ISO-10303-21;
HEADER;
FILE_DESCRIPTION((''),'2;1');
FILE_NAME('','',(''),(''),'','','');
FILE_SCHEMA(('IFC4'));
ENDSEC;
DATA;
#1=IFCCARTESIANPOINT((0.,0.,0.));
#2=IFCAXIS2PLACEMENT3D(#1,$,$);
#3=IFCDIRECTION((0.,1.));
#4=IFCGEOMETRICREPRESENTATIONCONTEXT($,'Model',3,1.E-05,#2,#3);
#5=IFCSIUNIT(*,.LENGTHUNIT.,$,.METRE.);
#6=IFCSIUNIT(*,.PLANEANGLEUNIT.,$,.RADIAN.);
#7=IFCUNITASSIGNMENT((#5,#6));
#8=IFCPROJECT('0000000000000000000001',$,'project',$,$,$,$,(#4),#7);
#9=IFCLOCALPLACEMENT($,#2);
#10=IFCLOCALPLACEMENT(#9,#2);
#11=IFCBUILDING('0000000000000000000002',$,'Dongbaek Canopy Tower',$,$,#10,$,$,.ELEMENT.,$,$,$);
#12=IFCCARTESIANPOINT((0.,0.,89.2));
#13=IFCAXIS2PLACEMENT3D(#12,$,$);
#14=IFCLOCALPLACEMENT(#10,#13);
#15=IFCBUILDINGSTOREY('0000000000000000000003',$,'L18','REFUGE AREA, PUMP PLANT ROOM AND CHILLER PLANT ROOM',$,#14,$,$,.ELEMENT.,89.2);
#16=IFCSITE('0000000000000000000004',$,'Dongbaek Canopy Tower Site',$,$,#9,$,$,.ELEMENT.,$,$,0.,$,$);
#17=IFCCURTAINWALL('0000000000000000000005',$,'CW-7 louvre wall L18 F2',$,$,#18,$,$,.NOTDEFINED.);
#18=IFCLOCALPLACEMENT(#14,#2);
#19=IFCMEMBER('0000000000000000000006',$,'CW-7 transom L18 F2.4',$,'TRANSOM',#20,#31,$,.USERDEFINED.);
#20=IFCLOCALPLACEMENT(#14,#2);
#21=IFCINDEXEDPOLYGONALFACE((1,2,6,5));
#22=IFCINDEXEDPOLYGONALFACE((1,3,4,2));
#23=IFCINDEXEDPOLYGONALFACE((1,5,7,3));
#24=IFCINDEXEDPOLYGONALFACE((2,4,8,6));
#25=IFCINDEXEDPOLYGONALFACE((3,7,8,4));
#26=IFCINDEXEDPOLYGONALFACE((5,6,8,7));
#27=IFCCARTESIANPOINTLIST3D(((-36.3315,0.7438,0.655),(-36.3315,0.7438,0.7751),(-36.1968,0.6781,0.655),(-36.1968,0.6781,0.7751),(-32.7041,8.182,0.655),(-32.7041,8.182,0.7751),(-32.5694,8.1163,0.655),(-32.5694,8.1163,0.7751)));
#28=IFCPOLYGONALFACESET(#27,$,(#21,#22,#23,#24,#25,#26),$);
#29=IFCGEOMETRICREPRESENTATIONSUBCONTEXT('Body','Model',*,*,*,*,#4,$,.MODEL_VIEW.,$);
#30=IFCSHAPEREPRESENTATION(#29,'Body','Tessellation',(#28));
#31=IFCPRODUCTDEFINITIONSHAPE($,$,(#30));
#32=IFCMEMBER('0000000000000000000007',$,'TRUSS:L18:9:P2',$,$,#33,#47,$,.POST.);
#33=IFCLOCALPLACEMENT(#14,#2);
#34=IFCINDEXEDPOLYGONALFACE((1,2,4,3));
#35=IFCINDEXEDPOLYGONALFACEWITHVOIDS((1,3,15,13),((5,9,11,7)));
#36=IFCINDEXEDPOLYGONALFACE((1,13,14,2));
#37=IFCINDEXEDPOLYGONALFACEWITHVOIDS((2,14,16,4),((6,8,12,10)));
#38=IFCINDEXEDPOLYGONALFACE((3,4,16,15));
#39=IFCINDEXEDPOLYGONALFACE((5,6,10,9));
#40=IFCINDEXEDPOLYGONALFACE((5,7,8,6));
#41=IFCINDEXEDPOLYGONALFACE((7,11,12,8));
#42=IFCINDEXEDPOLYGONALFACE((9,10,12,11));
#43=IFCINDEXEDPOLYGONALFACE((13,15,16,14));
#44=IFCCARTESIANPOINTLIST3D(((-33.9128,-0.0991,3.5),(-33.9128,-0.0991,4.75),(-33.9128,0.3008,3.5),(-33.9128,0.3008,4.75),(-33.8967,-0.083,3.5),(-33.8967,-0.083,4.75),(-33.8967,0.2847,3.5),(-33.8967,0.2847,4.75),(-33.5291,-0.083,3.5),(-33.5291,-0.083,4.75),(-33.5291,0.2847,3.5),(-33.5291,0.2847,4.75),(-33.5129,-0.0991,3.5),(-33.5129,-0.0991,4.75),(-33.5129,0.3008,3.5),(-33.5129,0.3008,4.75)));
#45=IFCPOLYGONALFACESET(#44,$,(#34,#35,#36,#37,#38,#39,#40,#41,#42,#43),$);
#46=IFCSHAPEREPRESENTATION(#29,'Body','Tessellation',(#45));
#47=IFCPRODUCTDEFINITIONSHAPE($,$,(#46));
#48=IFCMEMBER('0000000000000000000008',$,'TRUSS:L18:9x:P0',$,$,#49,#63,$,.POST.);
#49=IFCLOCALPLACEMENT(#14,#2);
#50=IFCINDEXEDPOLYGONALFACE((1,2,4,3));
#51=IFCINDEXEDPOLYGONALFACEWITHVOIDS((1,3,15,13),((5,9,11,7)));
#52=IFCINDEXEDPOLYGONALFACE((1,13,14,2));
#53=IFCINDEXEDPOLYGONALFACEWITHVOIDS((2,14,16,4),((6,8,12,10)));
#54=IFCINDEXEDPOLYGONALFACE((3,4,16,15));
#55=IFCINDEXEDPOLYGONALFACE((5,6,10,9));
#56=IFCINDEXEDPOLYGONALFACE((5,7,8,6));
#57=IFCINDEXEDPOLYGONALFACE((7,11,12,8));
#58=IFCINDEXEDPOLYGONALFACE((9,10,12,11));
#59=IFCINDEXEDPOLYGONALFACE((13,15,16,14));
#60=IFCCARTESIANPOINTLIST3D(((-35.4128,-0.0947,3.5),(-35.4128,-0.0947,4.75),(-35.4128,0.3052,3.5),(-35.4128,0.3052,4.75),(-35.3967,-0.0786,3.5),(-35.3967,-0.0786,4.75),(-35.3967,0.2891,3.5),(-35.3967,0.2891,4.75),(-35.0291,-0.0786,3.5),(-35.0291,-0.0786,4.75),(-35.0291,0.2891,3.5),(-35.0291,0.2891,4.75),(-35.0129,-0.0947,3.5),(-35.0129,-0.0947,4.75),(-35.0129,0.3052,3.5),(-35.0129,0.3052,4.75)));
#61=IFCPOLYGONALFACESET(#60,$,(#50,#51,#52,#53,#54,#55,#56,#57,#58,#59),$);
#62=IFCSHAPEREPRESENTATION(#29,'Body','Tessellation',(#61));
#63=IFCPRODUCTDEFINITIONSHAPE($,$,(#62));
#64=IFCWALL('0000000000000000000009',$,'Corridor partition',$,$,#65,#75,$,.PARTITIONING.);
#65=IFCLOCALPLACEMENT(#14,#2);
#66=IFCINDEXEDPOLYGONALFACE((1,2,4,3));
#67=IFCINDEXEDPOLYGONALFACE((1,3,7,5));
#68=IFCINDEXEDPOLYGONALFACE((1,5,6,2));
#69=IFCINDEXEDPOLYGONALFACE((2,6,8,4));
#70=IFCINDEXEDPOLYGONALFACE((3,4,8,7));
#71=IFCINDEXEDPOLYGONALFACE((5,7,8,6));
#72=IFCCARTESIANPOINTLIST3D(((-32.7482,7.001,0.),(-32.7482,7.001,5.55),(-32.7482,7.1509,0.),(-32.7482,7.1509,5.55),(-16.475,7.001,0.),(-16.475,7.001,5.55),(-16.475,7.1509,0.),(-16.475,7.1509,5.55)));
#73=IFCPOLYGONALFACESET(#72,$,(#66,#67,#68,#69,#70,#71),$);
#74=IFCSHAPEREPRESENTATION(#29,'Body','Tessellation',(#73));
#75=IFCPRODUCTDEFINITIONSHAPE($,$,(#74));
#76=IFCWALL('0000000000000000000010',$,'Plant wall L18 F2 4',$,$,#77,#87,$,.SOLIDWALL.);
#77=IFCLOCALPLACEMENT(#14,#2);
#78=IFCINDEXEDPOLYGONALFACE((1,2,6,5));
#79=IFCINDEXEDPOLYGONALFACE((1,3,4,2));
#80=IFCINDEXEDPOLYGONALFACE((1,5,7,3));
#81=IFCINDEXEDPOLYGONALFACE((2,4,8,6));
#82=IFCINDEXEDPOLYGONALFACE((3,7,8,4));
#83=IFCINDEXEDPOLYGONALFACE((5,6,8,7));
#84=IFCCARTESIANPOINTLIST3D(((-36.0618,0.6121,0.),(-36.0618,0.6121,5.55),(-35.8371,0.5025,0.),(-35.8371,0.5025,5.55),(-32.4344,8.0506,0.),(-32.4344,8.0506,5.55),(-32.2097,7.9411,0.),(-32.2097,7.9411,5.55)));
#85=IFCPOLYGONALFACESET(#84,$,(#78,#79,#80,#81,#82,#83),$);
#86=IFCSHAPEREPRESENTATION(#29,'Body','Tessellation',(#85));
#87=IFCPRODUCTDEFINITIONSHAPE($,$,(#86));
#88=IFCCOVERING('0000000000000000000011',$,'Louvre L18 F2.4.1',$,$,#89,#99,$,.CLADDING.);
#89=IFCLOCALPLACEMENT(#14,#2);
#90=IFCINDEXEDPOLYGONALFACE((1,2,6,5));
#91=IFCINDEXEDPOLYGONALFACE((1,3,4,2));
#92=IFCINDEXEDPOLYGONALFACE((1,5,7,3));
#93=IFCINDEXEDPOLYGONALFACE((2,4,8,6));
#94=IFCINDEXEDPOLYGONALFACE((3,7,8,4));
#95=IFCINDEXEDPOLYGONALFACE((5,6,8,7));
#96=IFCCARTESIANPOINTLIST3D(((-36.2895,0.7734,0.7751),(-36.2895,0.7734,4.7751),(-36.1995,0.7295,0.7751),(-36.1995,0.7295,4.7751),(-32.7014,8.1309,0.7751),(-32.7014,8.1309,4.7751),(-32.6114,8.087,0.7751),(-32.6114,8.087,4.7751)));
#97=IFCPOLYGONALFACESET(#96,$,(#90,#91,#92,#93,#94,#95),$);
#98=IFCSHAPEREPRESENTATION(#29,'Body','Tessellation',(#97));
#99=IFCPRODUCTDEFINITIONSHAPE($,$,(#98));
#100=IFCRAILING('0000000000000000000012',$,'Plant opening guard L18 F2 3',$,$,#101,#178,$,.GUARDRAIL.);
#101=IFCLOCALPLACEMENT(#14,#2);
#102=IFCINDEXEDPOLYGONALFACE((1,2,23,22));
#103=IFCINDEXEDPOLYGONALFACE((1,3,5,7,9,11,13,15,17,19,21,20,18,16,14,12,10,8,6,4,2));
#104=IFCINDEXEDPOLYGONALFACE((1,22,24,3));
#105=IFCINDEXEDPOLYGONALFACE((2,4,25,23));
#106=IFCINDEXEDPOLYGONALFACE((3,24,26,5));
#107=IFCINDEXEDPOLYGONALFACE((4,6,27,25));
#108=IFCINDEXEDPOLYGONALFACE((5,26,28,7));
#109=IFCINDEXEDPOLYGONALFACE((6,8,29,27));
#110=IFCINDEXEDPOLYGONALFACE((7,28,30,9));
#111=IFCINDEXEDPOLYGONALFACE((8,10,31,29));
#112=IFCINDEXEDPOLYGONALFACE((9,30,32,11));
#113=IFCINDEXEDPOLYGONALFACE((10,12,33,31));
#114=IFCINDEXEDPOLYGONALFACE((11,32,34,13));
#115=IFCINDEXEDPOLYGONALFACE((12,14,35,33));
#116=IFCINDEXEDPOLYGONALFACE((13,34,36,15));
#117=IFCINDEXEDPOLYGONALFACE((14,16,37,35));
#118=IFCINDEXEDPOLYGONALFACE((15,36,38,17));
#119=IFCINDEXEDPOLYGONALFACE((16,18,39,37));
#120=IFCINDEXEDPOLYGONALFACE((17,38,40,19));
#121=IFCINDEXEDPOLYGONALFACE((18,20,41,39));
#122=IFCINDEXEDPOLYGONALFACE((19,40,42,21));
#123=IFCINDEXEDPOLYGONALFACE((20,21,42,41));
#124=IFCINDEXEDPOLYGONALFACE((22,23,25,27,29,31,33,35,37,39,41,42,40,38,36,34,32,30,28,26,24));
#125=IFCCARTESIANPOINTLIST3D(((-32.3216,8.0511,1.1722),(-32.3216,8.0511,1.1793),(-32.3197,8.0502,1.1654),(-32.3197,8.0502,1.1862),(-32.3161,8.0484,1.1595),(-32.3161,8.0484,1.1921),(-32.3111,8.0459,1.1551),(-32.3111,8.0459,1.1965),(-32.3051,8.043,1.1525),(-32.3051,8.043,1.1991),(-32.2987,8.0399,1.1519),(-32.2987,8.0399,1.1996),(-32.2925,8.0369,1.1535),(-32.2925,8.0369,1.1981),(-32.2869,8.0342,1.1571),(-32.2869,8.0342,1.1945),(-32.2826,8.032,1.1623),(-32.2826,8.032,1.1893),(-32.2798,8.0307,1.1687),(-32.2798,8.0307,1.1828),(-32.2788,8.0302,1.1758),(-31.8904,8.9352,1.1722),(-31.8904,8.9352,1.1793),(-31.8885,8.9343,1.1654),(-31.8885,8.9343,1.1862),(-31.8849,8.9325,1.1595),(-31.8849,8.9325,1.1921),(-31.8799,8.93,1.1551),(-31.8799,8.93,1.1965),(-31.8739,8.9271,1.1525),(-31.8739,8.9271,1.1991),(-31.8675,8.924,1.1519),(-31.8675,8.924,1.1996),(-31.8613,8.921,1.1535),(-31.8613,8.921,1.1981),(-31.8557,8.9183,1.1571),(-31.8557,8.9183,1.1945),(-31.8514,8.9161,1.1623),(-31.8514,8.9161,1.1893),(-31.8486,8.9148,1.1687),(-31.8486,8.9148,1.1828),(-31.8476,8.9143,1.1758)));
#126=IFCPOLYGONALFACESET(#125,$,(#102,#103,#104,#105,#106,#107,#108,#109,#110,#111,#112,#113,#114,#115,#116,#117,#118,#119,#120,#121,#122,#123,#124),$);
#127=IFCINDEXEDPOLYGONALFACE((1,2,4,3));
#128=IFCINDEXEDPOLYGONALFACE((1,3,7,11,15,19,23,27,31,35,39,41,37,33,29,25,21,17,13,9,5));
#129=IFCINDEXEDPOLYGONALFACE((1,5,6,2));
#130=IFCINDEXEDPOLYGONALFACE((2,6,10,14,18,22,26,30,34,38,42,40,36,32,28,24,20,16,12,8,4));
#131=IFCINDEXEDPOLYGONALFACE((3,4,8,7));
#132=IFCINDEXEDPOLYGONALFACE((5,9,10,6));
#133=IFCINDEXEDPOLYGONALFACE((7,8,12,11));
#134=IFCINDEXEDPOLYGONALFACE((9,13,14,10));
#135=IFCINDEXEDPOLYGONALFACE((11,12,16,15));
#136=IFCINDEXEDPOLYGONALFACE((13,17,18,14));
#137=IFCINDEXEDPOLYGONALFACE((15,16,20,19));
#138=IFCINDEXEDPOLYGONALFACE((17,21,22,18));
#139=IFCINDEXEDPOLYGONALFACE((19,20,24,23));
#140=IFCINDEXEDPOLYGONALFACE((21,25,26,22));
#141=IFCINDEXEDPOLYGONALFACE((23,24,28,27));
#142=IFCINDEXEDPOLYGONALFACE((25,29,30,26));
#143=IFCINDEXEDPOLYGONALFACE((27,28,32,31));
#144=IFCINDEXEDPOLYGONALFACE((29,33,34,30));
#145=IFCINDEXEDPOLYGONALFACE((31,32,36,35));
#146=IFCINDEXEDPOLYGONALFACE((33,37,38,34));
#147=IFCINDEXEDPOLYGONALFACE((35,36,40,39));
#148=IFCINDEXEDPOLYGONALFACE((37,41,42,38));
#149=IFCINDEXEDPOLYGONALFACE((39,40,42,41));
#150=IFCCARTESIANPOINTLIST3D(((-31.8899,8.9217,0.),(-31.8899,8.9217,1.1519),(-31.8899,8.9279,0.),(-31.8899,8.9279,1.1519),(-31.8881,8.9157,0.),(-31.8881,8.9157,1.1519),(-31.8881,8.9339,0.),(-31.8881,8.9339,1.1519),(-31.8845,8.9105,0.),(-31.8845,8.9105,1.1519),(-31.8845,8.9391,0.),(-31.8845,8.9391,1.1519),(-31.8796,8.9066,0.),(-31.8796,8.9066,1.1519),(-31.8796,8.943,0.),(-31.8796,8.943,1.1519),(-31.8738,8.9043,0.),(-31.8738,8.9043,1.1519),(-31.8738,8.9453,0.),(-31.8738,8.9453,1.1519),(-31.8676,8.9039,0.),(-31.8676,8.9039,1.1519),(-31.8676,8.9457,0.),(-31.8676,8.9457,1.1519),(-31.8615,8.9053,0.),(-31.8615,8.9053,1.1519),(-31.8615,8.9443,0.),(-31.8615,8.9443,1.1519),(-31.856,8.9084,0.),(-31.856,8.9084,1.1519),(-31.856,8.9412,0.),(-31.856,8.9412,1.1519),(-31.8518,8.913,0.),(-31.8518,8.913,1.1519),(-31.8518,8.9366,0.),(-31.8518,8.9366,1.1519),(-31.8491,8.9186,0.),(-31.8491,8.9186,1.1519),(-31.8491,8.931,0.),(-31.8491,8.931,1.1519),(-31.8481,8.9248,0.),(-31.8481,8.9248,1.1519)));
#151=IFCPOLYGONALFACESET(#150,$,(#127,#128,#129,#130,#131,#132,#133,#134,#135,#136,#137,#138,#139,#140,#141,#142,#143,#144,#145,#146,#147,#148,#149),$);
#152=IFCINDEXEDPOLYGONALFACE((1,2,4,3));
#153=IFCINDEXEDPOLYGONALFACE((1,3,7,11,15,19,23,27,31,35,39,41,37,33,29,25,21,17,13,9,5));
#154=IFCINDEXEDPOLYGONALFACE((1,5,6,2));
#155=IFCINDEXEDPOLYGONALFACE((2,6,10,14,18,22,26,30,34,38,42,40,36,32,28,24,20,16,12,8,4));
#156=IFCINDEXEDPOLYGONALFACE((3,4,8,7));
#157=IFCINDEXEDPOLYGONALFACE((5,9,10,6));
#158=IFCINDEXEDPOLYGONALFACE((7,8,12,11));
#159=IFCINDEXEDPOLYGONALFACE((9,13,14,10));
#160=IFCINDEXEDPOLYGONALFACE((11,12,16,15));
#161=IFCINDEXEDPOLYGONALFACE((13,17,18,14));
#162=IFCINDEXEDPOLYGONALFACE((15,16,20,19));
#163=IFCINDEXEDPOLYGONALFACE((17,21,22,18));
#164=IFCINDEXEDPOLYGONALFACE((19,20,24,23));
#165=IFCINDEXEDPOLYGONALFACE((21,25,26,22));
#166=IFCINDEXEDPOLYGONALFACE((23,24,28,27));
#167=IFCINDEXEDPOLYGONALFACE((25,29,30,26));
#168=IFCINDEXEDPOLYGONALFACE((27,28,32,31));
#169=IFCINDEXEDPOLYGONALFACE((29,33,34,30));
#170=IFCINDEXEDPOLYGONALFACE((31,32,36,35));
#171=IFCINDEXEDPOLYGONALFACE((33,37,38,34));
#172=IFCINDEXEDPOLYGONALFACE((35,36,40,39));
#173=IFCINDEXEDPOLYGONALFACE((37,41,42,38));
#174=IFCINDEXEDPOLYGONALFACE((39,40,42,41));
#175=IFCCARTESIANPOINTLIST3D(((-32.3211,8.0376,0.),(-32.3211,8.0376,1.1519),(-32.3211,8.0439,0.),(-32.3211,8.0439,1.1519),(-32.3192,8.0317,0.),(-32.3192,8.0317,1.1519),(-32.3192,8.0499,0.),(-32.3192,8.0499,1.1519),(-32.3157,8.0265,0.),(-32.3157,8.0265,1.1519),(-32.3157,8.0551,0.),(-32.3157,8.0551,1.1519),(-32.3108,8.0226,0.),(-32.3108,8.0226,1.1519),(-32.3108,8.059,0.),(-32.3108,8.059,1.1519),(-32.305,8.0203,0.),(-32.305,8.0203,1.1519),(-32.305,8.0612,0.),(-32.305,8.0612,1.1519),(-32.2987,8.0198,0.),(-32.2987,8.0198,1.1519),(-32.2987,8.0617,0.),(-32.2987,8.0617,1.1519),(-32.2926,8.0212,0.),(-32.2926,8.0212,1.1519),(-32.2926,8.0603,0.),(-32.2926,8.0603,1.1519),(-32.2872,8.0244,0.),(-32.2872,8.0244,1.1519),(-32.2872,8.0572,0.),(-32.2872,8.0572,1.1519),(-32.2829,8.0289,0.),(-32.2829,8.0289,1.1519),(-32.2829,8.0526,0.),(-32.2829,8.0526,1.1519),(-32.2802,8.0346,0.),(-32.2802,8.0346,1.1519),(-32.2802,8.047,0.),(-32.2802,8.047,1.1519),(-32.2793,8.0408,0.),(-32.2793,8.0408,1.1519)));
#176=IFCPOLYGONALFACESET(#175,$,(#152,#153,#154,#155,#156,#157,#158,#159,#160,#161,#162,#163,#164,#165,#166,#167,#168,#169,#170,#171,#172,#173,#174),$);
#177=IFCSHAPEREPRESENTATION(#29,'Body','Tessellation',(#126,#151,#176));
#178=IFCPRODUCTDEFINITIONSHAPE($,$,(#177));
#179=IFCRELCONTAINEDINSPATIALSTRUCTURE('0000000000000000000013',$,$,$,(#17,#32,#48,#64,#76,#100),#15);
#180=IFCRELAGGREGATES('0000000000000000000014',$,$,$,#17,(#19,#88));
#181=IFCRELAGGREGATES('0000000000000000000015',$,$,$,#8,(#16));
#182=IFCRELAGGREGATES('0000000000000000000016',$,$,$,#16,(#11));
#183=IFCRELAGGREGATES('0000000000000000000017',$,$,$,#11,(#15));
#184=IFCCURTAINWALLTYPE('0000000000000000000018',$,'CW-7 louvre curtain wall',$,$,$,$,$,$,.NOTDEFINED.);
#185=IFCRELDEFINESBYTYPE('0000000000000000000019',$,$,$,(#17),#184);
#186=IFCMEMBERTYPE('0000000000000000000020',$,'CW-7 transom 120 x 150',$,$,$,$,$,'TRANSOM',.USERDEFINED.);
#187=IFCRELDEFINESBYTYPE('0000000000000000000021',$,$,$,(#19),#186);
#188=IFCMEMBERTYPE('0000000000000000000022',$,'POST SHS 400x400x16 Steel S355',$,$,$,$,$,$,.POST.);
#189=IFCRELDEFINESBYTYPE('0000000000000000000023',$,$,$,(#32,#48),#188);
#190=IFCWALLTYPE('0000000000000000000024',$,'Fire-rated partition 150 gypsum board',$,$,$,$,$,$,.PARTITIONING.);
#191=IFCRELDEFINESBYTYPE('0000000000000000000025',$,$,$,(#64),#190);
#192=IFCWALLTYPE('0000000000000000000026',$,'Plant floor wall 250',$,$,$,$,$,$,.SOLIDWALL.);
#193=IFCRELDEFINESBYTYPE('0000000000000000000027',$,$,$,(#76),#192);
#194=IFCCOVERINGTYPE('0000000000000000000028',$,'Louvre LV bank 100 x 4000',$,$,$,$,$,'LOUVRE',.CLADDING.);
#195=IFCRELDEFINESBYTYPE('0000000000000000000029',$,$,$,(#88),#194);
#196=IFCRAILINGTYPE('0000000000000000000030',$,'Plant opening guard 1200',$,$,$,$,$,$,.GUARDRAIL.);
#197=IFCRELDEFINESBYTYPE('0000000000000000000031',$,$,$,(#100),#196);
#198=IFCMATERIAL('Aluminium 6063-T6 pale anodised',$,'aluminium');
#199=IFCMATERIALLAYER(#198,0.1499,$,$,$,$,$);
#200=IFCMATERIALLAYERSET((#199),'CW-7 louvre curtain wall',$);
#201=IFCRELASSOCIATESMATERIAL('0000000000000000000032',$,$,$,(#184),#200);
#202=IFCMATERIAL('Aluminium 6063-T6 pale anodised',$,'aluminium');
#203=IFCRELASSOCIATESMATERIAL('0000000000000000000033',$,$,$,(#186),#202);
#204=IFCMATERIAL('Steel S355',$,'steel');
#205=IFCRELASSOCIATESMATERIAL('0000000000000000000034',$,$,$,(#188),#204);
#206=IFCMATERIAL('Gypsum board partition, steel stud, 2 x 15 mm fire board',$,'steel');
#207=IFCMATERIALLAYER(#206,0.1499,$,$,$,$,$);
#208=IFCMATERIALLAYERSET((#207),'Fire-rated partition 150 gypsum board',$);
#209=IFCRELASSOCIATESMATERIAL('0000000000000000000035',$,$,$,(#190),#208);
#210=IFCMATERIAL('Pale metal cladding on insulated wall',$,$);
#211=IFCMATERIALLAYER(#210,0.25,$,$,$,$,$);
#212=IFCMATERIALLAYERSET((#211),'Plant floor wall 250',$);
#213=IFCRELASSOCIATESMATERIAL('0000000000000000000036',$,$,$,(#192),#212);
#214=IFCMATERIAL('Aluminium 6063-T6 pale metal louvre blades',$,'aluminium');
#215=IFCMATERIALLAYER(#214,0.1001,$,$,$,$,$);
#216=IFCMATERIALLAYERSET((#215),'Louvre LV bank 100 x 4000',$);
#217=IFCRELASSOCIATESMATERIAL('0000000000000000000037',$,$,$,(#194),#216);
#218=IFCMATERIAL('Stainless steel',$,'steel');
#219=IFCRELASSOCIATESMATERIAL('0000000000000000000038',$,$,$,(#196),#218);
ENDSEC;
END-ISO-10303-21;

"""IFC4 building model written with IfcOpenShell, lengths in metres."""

from ifc_helpers import new_model, si_unit, direction, frame, frame_2d, origin, origin_2d, place, context, subcontext, project, spatial, rectangle, hollow_rectangle, circle, extrude, material, layer, layer_set, material_profile, profile_set, type_object, element, aggregate, save


model = new_model("IFC4")

# Units and contexts
model_context = context("Model", 3, precision=1e-05, world=origin(), true_north=direction((0.0, 1.0)))
body_context = subcontext(model_context, "Body", "Model", "MODEL_VIEW")
ifc_project = project(units=[si_unit("LENGTHUNIT", "METRE"), si_unit("PLANEANGLEUNIT", "RADIAN")], contexts=[model_context])

# Site, building, storey
site_placement = place(None, origin())
site = spatial("IfcSite", under=ifc_project, at=site_placement, Name="Dongbaek Canopy Tower Site", CompositionType="ELEMENT", RefElevation=0.0)
building_placement = place(site_placement, origin())
building = spatial("IfcBuilding", under=site, at=building_placement, Name="Dongbaek Canopy Tower", CompositionType="ELEMENT")
storey_placement = place(building_placement, frame((0.0, 0.0, 89.2)))
storey = spatial("IfcBuildingStorey", under=building, at=storey_placement, Name="L18", Description="REFUGE AREA, PUMP PLANT ROOM AND CHILLER PLANT ROOM", CompositionType="ELEMENT", Elevation=89.2)

# Curtain wall, member
ifc_material_1 = material(Name="Aluminium 6063-T6 pale anodised", Category="aluminium")
ifc_layer_1 = layer(ifc_material_1, 0.1499)
ifc_layer_set_1 = layer_set([ifc_layer_1], Name="CW-7 louvre curtain wall")
curtain_wall_type = type_object("IfcCurtainWallType", Name="CW-7 louvre curtain wall", PredefinedType="NOTDEFINED", material=ifc_layer_set_1)
curtain_wall_placement = place(storey_placement, origin())
curtain_wall = element("IfcCurtainWall", 1, at=curtain_wall_placement, inside=storey, type_object=curtain_wall_type, Name="CW-7 louvre wall L18 F2", PredefinedType="NOTDEFINED")
ifc_material_2 = material(Name="Aluminium 6063-T6 pale anodised", Category="aluminium")
ifc_material_profile_1 = material_profile(ifc_material_2, rectangle(XDim=0.1499, YDim=0.1201, at=origin_2d()), Name="CW-7 transom 120 x 150")
ifc_profile_set_1 = profile_set([ifc_material_profile_1], Name="Aluminium 6063-T6 pale anodised")
member_type_1 = type_object("IfcMemberType", Name="CW-7 transom 120 x 150", ElementType="TRANSOM", PredefinedType="USERDEFINED", material=ifc_profile_set_1)
member_1_placement = place(storey_placement, frame((-32.6367, 8.1492, 0.7151), z_axis=(-0.438329, -0.898814, 0.0), x_axis=(0.898814, -0.438329, 0.0)))
member_1 = element("IfcMember", 2, at=member_1_placement, type_object=member_type_1, Name="CW-7 transom L18 F2.4", ObjectType="TRANSOM", PredefinedType="USERDEFINED", context=body_context, shape_type="SweptSolid", body=[
    extrude(rectangle(XDim=0.1499, YDim=0.1201, at=origin_2d()), origin(), (0.0, 0.0, 1.0), 8.2756),
])

# Members
ifc_material_3 = material(Name="Steel S355", Category="steel")
ifc_material_profile_2 = material_profile(ifc_material_3, hollow_rectangle(XDim=0.3999, YDim=0.3999, WallThickness=0.0161, at=origin_2d()), Name="POST SHS 400x400x16 Steel S355")
ifc_profile_set_2 = profile_set([ifc_material_profile_2], Name="Steel S355")
member_type_2 = type_object("IfcMemberType", Name="POST SHS 400x400x16 Steel S355", PredefinedType="POST", material=ifc_profile_set_2)
for number, where, z_axis, x_axis, name in (
    (3, (-33.7129, 0.1008, 3.5), (0.0, 0.0, 1.0), (1.0, 0.0, 0.0), "TRUSS:L18:9:P2"),
    (4, (-35.2129, 0.1052, 3.5), (0.0, 0.0, 1.0), (1.0, 0.0, 0.0), "TRUSS:L18:9x:P0"),
):
    element("IfcMember", number, at=place(storey_placement, frame(where, z_axis=z_axis, x_axis=x_axis)), inside=storey, type_object=member_type_2, Name=name, PredefinedType="POST", context=body_context, shape_type="SweptSolid", body=[
        extrude(hollow_rectangle(XDim=0.3999, YDim=0.3999, WallThickness=0.0161, at=origin_2d()), origin(), (0.0, 0.0, 1.0), 1.25),
    ])

# Walls
ifc_material_4 = material(Name="Gypsum board partition, steel stud, 2 x 15 mm fire board", Category="steel")
ifc_layer_2 = layer(ifc_material_4, 0.1499)
ifc_layer_set_2 = layer_set([ifc_layer_2], Name="Fire-rated partition 150 gypsum board")
wall_type_1 = type_object("IfcWallType", Name="Fire-rated partition 150 gypsum board", PredefinedType="PARTITIONING", material=ifc_layer_set_2)
wall_1_placement = place(storey_placement, frame((-32.7483, 7.0759, 0.0), z_axis=(0.0, 0.0, 1.0), x_axis=(1.0, 0.0, 0.0)))
element("IfcWall", 5, at=wall_1_placement, inside=storey, type_object=wall_type_1, Name="Corridor partition", PredefinedType="PARTITIONING", context=body_context, shape_type="SweptSolid", body=[
    extrude(rectangle(XDim=16.2732, YDim=0.1499, at=frame_2d((8.1367, 0.0))), origin(), (0.0, 0.0, 1.0), 5.55),
])
ifc_material_5 = material(Name="Pale metal cladding on insulated wall")
ifc_layer_3 = layer(ifc_material_5, 0.25)
ifc_layer_set_3 = layer_set([ifc_layer_3], Name="Plant floor wall 250")
wall_type_2 = type_object("IfcWallType", Name="Plant floor wall 250", PredefinedType="SOLIDWALL", material=ifc_layer_set_3)
wall_2_placement = place(storey_placement, frame((-32.322, 7.9958, 0.0), z_axis=(0.0, 0.0, 1.0), x_axis=(-0.438318, -0.89882, 0.0)))
element("IfcWall", 6, at=wall_2_placement, inside=storey, type_object=wall_type_2, Name="Plant wall L18 F2 4", PredefinedType="SOLIDWALL", context=body_context, shape_type="SweptSolid", body=[
    extrude(rectangle(XDim=8.2759, YDim=0.25, at=frame_2d((4.1379, 0.0))), origin(), (0.0, 0.0, 1.0), 5.55),
])

# Covering
ifc_material_6 = material(Name="Aluminium 6063-T6 pale metal louvre blades", Category="aluminium")
ifc_layer_4 = layer(ifc_material_6, 0.1001)
ifc_layer_set_4 = layer_set([ifc_layer_4], Name="Louvre LV bank 100 x 4000")
covering_type = type_object("IfcCoveringType", Name="Louvre LV bank 100 x 4000", ElementType="LOUVRE", PredefinedType="CLADDING", material=ifc_layer_set_4)
covering_placement = place(storey_placement, frame((-34.4504, 4.4302, 0.7751), z_axis=(0.0, 0.0, 1.0), x_axis=(-0.438328, -0.898815, 0.0)))
covering = element("IfcCovering", 7, at=covering_placement, type_object=covering_type, Name="Louvre L18 F2.4.1", PredefinedType="CLADDING", context=body_context, shape_type="SweptSolid", body=[
    extrude(rectangle(XDim=8.1858, YDim=0.1001, at=origin_2d()), origin(), (0.0, 0.0, 1.0), 4.0),
])

# Railing
ifc_material_7 = material(Name="Stainless steel", Category="steel")
railing_type = type_object("IfcRailingType", Name="Plant opening guard 1200", PredefinedType="GUARDRAIL", material=ifc_material_7)
railing_1_placement = place(storey_placement, frame((-31.8691, 8.9248, 0.0)))
element("IfcRailing", 8, at=railing_1_placement, inside=storey, type_object=railing_type, Name="Plant opening guard L18 F2 3", PredefinedType="GUARDRAIL", context=body_context, shape_type="SweptSolid", body=[
    extrude(circle(Radius=0.0239, at=origin_2d()), frame((0.0, 0.0, 1.1758), z_axis=(-0.438355, -0.898802, 0.0), x_axis=(0.898802, -0.438355, 0.0)), (0.0, 0.0, 1.0), 0.9836),
    extrude(circle(Radius=0.021, at=origin_2d()), origin(), (0.0, 0.0, 1.0), 1.1519),
    extrude(circle(Radius=0.021, at=origin_2d()), frame((-0.4312, -0.884, 0.0)), (0.0, 0.0, 1.0), 1.1519),
])

aggregate(curtain_wall, [member_1, covering])

save(model, "model.ifc")
